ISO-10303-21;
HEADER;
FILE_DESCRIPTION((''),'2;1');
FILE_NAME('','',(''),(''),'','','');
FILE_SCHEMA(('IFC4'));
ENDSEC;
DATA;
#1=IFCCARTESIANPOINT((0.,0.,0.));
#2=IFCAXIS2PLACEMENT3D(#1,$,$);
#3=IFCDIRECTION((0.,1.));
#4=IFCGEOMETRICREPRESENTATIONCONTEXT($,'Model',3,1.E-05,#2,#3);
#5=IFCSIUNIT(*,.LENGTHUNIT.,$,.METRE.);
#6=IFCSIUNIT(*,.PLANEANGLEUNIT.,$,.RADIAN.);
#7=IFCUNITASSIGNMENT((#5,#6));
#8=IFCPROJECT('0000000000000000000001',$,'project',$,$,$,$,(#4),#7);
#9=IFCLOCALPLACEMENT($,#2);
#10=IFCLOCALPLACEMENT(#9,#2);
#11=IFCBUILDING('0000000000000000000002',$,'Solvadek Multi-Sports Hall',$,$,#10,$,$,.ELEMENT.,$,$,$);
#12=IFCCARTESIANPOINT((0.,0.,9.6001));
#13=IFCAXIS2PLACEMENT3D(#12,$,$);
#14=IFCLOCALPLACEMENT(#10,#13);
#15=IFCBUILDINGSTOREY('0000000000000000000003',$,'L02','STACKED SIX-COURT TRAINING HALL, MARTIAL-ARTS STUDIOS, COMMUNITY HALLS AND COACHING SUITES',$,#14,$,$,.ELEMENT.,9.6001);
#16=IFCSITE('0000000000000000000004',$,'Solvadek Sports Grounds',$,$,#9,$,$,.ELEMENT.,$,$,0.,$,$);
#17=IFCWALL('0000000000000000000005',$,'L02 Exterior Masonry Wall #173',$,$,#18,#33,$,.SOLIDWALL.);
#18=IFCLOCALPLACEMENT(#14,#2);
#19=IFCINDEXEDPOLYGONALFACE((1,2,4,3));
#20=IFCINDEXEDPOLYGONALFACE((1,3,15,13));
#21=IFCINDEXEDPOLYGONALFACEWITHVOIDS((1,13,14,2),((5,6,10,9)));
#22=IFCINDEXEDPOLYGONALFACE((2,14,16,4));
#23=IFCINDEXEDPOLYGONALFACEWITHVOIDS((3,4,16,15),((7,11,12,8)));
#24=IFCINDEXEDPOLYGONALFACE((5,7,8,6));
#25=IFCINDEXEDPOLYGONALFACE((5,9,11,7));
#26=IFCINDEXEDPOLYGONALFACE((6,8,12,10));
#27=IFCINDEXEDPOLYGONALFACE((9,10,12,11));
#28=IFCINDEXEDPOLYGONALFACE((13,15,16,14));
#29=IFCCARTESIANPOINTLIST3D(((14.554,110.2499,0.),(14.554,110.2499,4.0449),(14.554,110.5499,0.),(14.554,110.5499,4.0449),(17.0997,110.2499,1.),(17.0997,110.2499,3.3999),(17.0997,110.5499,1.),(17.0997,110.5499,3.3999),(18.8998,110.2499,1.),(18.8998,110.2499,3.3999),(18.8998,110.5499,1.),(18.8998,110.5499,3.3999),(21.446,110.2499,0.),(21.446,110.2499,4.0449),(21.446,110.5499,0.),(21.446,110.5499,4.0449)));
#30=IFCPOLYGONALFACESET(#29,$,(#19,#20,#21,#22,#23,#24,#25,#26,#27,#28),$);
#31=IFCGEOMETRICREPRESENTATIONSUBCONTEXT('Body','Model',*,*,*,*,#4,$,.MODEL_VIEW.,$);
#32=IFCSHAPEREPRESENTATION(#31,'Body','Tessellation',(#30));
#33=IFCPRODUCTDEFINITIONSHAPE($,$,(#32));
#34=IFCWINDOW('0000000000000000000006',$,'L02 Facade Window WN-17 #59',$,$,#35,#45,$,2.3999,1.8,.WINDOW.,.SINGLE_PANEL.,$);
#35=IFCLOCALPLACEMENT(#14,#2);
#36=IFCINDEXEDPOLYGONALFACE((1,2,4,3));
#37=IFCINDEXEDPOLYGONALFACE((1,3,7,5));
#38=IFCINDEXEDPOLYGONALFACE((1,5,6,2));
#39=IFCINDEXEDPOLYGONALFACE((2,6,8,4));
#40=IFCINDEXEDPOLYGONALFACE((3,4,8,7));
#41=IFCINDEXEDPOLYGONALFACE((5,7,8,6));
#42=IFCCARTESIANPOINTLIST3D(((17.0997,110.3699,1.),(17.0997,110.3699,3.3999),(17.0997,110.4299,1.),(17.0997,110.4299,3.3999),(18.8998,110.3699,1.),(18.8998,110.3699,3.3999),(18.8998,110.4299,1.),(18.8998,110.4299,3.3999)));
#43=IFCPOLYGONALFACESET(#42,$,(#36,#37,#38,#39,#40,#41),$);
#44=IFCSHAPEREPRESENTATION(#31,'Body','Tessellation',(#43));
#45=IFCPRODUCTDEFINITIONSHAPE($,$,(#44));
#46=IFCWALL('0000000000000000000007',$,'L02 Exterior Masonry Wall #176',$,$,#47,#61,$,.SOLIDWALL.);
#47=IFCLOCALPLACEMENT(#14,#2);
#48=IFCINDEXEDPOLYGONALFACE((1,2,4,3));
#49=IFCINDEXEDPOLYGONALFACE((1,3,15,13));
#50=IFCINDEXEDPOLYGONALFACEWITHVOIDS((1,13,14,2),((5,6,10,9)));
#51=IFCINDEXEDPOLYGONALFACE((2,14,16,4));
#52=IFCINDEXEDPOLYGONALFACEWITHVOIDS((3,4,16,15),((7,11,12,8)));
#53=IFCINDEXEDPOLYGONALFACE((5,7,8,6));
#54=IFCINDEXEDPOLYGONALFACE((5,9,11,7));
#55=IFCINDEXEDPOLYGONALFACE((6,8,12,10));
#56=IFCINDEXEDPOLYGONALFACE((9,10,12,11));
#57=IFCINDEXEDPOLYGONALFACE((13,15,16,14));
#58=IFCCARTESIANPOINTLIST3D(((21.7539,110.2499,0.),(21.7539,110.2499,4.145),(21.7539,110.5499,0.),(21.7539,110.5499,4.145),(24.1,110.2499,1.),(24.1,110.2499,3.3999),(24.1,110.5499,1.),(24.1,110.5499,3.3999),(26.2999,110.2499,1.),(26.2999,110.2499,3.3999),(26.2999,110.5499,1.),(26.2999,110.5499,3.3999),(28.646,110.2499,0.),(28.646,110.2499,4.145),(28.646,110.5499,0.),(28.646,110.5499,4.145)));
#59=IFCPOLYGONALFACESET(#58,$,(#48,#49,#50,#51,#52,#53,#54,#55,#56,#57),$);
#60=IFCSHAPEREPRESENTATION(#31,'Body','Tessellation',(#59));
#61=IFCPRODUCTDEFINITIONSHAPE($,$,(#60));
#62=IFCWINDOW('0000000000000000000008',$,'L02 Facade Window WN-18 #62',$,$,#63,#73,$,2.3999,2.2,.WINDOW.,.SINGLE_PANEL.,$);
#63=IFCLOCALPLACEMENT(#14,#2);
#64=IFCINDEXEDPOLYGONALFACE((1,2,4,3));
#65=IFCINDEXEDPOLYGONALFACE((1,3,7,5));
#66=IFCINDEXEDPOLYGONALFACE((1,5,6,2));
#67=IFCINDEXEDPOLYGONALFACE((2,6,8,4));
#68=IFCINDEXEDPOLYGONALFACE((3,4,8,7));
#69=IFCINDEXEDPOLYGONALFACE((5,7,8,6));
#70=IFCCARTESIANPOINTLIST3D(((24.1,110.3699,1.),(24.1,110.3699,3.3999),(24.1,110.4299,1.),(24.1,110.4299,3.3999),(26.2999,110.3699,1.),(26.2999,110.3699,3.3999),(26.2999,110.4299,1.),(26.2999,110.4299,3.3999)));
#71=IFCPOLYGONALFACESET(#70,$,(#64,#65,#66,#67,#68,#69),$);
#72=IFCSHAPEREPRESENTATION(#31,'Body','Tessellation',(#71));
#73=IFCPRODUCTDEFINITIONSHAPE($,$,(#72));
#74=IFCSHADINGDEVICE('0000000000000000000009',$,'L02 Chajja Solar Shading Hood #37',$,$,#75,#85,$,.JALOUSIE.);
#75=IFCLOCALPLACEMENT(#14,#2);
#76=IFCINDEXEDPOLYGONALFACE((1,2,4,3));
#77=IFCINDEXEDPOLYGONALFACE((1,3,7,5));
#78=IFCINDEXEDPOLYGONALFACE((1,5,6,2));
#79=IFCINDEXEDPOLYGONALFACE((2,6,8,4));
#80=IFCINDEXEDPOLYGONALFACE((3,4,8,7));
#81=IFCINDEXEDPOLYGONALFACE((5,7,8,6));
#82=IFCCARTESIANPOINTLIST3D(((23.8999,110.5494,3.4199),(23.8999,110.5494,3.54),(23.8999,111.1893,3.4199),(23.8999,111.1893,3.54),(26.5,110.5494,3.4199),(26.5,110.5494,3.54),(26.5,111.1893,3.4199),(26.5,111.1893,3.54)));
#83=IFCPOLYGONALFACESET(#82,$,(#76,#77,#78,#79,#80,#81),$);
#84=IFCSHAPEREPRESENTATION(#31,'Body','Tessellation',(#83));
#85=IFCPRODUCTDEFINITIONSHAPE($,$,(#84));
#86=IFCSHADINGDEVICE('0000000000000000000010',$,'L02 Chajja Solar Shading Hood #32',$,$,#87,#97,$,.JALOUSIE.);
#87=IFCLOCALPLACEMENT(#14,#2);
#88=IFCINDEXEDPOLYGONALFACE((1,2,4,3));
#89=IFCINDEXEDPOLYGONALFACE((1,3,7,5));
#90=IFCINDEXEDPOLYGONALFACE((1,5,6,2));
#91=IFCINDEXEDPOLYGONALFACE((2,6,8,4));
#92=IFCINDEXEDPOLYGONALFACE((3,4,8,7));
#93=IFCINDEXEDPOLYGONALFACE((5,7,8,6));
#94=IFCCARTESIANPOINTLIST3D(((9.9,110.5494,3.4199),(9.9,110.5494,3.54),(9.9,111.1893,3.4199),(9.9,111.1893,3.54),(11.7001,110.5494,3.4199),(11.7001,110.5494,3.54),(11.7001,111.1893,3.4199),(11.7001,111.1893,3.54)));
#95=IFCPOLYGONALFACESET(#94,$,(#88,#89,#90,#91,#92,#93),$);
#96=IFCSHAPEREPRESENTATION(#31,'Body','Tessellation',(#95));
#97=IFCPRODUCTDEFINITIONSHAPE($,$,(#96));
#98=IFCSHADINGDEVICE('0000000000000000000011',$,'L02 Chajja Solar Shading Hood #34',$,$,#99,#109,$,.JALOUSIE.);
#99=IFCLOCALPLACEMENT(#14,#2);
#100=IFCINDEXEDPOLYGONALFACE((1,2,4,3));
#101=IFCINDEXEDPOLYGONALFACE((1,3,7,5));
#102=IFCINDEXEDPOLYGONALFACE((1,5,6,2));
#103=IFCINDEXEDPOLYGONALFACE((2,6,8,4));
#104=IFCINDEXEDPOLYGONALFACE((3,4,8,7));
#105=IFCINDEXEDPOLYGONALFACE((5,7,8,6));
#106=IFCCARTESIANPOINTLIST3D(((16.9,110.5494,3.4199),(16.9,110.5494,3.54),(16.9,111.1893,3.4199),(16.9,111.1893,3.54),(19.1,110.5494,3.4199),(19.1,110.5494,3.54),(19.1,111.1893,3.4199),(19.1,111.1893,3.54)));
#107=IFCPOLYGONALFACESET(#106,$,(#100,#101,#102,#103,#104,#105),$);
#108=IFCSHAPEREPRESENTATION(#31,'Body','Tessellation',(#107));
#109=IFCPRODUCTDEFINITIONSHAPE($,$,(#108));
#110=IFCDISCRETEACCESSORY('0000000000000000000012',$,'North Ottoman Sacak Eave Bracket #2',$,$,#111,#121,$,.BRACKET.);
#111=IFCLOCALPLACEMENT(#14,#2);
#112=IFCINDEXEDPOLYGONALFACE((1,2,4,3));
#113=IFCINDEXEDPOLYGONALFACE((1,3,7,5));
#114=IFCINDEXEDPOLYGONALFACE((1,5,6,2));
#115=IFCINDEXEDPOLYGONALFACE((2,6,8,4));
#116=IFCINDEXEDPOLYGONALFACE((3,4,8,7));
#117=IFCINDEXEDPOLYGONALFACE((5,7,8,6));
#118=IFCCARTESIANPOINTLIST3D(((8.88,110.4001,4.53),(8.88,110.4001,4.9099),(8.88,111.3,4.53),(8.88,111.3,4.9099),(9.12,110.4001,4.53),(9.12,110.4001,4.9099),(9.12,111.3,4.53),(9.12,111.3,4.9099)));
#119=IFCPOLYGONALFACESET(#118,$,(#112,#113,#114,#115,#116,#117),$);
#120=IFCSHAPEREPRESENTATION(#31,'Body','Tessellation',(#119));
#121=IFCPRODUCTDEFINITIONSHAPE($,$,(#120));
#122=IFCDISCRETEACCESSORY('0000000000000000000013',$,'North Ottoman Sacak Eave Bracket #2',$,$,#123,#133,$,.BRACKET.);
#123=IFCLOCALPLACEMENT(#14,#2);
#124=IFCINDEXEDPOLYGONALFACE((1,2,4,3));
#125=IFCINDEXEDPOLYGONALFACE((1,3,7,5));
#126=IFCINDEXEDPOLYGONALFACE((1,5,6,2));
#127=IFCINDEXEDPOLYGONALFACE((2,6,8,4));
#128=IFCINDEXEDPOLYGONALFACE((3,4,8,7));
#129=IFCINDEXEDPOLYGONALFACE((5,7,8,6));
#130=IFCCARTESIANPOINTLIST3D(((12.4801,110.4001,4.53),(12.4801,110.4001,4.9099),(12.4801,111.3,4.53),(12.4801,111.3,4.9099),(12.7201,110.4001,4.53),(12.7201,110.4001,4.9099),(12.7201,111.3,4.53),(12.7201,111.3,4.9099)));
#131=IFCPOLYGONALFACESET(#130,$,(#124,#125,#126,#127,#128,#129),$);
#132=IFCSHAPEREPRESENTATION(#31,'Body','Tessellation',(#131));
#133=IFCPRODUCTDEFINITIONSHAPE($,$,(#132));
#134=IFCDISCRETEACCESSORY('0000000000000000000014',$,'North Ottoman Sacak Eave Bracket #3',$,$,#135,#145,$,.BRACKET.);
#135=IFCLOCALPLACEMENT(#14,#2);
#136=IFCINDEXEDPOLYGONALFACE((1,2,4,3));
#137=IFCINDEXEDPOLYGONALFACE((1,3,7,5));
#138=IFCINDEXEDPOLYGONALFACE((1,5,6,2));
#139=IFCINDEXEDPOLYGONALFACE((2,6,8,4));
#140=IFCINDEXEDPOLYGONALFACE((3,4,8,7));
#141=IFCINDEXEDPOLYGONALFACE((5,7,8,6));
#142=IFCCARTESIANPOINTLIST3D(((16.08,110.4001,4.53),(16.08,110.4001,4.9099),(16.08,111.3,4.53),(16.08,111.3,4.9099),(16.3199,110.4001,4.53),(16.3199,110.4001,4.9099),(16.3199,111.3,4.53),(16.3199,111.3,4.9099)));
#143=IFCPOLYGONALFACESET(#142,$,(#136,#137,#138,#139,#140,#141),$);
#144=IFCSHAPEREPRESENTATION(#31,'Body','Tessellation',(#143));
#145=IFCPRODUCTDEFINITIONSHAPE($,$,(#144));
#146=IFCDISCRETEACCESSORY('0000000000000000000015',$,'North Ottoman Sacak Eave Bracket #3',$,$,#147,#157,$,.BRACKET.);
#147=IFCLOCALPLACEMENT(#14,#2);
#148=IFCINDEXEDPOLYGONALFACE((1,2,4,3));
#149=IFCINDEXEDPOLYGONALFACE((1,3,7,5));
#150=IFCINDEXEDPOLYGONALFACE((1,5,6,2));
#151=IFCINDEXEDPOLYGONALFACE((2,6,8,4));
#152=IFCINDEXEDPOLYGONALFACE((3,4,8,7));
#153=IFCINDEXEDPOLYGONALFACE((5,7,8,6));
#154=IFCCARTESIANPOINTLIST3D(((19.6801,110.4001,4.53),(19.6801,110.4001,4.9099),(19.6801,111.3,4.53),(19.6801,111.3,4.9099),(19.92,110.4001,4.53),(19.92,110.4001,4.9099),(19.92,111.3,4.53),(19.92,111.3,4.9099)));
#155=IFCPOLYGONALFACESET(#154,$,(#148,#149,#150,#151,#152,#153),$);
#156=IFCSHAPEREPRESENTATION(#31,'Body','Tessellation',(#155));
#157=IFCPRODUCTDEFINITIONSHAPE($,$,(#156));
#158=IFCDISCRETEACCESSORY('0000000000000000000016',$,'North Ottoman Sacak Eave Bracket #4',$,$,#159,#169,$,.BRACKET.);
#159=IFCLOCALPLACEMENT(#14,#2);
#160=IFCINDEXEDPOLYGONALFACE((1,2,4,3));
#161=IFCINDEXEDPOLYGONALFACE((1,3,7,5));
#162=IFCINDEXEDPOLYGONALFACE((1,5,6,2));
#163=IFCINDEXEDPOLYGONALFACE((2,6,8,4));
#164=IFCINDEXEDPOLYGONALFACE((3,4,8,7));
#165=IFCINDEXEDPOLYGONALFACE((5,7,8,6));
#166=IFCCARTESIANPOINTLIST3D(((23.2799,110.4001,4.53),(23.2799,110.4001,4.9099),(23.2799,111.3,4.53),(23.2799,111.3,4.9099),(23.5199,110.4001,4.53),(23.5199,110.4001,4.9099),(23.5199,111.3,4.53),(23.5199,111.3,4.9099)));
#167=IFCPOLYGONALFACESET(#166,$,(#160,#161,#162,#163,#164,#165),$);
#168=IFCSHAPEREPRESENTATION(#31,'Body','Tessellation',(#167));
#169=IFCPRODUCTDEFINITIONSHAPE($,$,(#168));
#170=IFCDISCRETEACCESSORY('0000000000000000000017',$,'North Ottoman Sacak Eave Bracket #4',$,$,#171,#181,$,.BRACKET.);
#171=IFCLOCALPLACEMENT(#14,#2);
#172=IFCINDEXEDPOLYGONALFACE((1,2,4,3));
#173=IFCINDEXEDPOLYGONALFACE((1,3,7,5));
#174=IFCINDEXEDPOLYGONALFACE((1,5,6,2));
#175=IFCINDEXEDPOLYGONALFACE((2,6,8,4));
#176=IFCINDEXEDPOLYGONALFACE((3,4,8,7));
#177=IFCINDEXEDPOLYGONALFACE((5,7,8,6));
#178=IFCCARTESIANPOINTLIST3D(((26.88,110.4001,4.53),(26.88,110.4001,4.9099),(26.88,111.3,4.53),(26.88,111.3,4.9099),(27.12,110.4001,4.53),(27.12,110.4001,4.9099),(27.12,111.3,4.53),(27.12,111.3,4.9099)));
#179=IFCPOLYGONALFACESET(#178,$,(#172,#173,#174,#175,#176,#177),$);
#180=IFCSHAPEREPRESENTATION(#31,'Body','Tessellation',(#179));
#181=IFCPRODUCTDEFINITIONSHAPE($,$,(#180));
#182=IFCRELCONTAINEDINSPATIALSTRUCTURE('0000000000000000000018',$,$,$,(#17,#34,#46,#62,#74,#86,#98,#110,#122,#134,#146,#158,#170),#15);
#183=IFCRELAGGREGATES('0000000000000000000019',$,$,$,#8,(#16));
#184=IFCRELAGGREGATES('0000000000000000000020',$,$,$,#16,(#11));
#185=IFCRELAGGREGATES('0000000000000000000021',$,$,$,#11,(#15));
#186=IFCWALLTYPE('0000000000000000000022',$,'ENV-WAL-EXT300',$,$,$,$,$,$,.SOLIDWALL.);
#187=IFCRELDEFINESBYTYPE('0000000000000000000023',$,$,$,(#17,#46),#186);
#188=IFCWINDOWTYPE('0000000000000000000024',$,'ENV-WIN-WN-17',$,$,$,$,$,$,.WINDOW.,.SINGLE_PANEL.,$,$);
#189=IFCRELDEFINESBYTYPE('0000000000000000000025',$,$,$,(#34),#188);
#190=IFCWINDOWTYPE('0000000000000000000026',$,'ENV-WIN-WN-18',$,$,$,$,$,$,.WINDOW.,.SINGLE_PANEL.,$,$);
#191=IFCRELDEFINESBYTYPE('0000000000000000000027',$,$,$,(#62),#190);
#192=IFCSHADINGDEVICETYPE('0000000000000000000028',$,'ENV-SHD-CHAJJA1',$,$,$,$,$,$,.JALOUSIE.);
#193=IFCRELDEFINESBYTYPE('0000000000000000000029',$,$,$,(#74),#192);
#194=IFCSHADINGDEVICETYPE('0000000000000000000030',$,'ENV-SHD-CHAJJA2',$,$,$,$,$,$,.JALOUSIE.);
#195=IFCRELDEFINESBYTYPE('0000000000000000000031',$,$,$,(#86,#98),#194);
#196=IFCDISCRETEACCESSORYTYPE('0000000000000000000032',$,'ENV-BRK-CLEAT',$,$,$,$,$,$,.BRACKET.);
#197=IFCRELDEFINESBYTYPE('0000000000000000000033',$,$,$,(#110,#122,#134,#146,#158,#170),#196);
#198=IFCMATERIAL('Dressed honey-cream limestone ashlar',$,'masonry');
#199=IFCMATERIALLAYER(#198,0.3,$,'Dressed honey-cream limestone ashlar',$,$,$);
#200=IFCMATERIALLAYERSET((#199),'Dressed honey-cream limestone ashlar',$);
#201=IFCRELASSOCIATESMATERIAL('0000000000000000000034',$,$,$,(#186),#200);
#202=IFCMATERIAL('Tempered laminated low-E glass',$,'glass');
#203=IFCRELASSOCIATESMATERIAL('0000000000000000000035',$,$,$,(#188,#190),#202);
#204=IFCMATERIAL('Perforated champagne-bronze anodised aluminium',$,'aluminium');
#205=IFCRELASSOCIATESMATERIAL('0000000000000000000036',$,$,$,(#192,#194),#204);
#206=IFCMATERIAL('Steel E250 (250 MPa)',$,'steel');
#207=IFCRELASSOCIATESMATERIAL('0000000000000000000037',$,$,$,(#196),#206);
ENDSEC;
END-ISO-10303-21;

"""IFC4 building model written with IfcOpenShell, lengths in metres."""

from ifc_helpers import new_model, si_unit, direction, frame, frame_2d, origin, origin_2d, place, context, subcontext, project, spatial, rectangle, extrude, material, layer, layer_set, type_object, element, fill, save


model = new_model("IFC4")

# Units and contexts
model_context = context("Model", 3, precision=1e-05, world=origin(), true_north=direction((0.0, 1.0)))
body_context = subcontext(model_context, "Body", "Model", "MODEL_VIEW")
ifc_project = project(units=[si_unit("LENGTHUNIT", "METRE"), si_unit("PLANEANGLEUNIT", "RADIAN")], contexts=[model_context])

# Site, building, storey
site_placement = place(None, origin())
site = spatial("IfcSite", under=ifc_project, at=site_placement, Name="Solvadek Sports Grounds", CompositionType="ELEMENT", RefElevation=0.0)
building_placement = place(site_placement, origin())
building = spatial("IfcBuilding", under=site, at=building_placement, Name="Solvadek Multi-Sports Hall", CompositionType="ELEMENT")
storey_placement = place(building_placement, frame((0.0, 0.0, 9.6001)))
storey = spatial("IfcBuildingStorey", under=building, at=storey_placement, Name="L02", Description="STACKED SIX-COURT TRAINING HALL, MARTIAL-ARTS STUDIOS, COMMUNITY HALLS AND COACHING SUITES", CompositionType="ELEMENT", Elevation=9.6001)

# Shared definitions
ifc_material_1 = material(Name="Steel E250 (250 MPa)", Category="steel")

# Walls, openings, windows
ifc_material_2 = material(Name="Dressed honey-cream limestone ashlar", Category="masonry")
ifc_layer_1 = layer(ifc_material_2, 0.3, Name="Dressed honey-cream limestone ashlar")
ifc_layer_set_1 = layer_set([ifc_layer_1], Name="Dressed honey-cream limestone ashlar")
wall_type = type_object("IfcWallType", Name="ENV-WAL-EXT300", PredefinedType="SOLIDWALL", material=ifc_layer_set_1)
wall_1_placement = place(storey_placement, frame((14.554, 110.3999, 0.0), z_axis=(0.0, 0.0, 1.0), x_axis=(1.0, 0.0, 0.0)))
wall_1 = element("IfcWall", 1, at=wall_1_placement, inside=storey, type_object=wall_type, Name="L02 Exterior Masonry Wall #173", PredefinedType="SOLIDWALL", context=body_context, shape_type="SweptSolid", body=[
    extrude(rectangle(XDim=6.8921, YDim=0.3, at=frame_2d((3.446, 0.0))), origin(), (0.0, 0.0, 1.0), 4.0449),
])
opening_1_placement = place(wall_1_placement, frame((2.5459, 0.0, 1.0)))
opening_1 = element("IfcOpeningElement", 2, at=opening_1_placement, cuts=wall_1, PredefinedType="OPENING", context=body_context, shape_type="SweptSolid", body=[
    extrude(rectangle(XDim=1.8, YDim=2.3999, at=frame_2d((0.8999, 1.2))), frame((0.0, 0.1599, 0.0), z_axis=(0.0, -1.0, 0.0), x_axis=(1.0, 0.0, 0.0)), (0.0, 0.0, 1.0), 0.3201),
])
ifc_material_3 = material(Name="Tempered laminated low-E glass", Category="glass")
window_type_1 = type_object("IfcWindowType", Name="ENV-WIN-WN-17", PartitioningType="SINGLE_PANEL", PredefinedType="WINDOW", material=ifc_material_3)
window_1_placement = place(opening_1_placement, origin())
window_1 = element("IfcWindow", 3, at=window_1_placement, inside=storey, type_object=window_type_1, Name="L02 Facade Window WN-17 #59", OverallHeight=2.3999, OverallWidth=1.8, PartitioningType="SINGLE_PANEL", PredefinedType="WINDOW", context=body_context, shape_type="SweptSolid", body=[
    extrude(rectangle(XDim=1.8, YDim=2.3999, at=frame_2d((0.8999, 1.2))), frame((0.0, 0.03, 0.0), z_axis=(0.0, -1.0, 0.0), x_axis=(1.0, 0.0, 0.0)), (0.0, 0.0, 1.0), 0.0601),
])
fill(opening_1, window_1)
wall_2_placement = place(storey_placement, frame((21.7539, 110.3999, 0.0), z_axis=(0.0, 0.0, 1.0), x_axis=(1.0, 0.0, 0.0)))
wall_2 = element("IfcWall", 4, at=wall_2_placement, inside=storey, type_object=wall_type, Name="L02 Exterior Masonry Wall #176", PredefinedType="SOLIDWALL", context=body_context, shape_type="SweptSolid", body=[
    extrude(rectangle(XDim=6.8921, YDim=0.3, at=frame_2d((3.446, 0.0))), origin(), (0.0, 0.0, 1.0), 4.145),
])
opening_2_placement = place(wall_2_placement, frame((2.3459, 0.0, 1.0)))
opening_2 = element("IfcOpeningElement", 5, at=opening_2_placement, cuts=wall_2, PredefinedType="OPENING", context=body_context, shape_type="SweptSolid", body=[
    extrude(rectangle(XDim=2.2, YDim=2.3999, at=frame_2d((1.1001, 1.2))), frame((0.0, 0.1599, 0.0), z_axis=(0.0, -1.0, 0.0), x_axis=(1.0, 0.0, 0.0)), (0.0, 0.0, 1.0), 0.3201),
])
window_type_2 = type_object("IfcWindowType", Name="ENV-WIN-WN-18", PartitioningType="SINGLE_PANEL", PredefinedType="WINDOW", material=ifc_material_3)
window_2_placement = place(opening_2_placement, origin())
window_2 = element("IfcWindow", 6, at=window_2_placement, inside=storey, type_object=window_type_2, Name="L02 Facade Window WN-18 #62", OverallHeight=2.3999, OverallWidth=2.2, PartitioningType="SINGLE_PANEL", PredefinedType="WINDOW", context=body_context, shape_type="SweptSolid", body=[
    extrude(rectangle(XDim=2.2, YDim=2.3999, at=frame_2d((1.1001, 1.2))), frame((0.0, 0.03, 0.0), z_axis=(0.0, -1.0, 0.0), x_axis=(1.0, 0.0, 0.0)), (0.0, 0.0, 1.0), 0.0601),
])
fill(opening_2, window_2)

# Shading devices
ifc_material_4 = material(Name="Perforated champagne-bronze anodised aluminium", Category="aluminium")
shading_device_type_1 = type_object("IfcShadingDeviceType", Name="ENV-SHD-CHAJJA1", PredefinedType="JALOUSIE", material=ifc_material_4)
shading_device_1_placement = place(storey_placement, frame((25.2, 110.8694, 3.4199), z_axis=(0.0, 0.0, 1.0), x_axis=(1.0, 0.0, 0.0)))
element("IfcShadingDevice", 7, at=shading_device_1_placement, inside=storey, type_object=shading_device_type_1, Name="L02 Chajja Solar Shading Hood #37", PredefinedType="JALOUSIE", context=body_context, shape_type="SweptSolid", body=[
    extrude(rectangle(XDim=2.6001, YDim=0.6399, at=origin_2d()), origin(), (0.0, 0.0, 1.0), 0.1201),
])
shading_device_type_2 = type_object("IfcShadingDeviceType", Name="ENV-SHD-CHAJJA2", PredefinedType="JALOUSIE", material=ifc_material_4)
shading_device_2_placement = place(storey_placement, frame((10.8, 110.8694, 3.4199), z_axis=(0.0, 0.0, 1.0), x_axis=(1.0, 0.0, 0.0)))
element("IfcShadingDevice", 8, at=shading_device_2_placement, inside=storey, type_object=shading_device_type_2, Name="L02 Chajja Solar Shading Hood #32", PredefinedType="JALOUSIE", context=body_context, shape_type="SweptSolid", body=[
    extrude(rectangle(XDim=1.8, YDim=0.6399, at=origin_2d()), origin(), (0.0, 0.0, 1.0), 0.1201),
])
shading_device_3_placement = place(storey_placement, frame((18.0, 110.8694, 3.4199), z_axis=(0.0, 0.0, 1.0), x_axis=(1.0, 0.0, 0.0)))
element("IfcShadingDevice", 9, at=shading_device_3_placement, inside=storey, type_object=shading_device_type_2, Name="L02 Chajja Solar Shading Hood #34", PredefinedType="JALOUSIE", context=body_context, shape_type="SweptSolid", body=[
    extrude(rectangle(XDim=2.2, YDim=0.6399, at=origin_2d()), origin(), (0.0, 0.0, 1.0), 0.1201),
])

# Discrete accessories
discrete_accessory_type = type_object("IfcDiscreteAccessoryType", Name="ENV-BRK-CLEAT", PredefinedType="BRACKET", material=ifc_material_1)
for number, where, z_axis, x_axis, name in (
    (10, (9.0, 110.8501, 4.53), (0.0, 0.0, 1.0), (1.0, 0.0, 0.0), "North Ottoman Sacak Eave Bracket #2"),
    (11, (12.6001, 110.8501, 4.53), (0.0, 0.0, 1.0), (1.0, 0.0, 0.0), "North Ottoman Sacak Eave Bracket #2"),
    (12, (16.2, 110.8501, 4.53), (0.0, 0.0, 1.0), (1.0, 0.0, 0.0), "North Ottoman Sacak Eave Bracket #3"),
    (13, (19.8, 110.8501, 4.53), (0.0, 0.0, 1.0), (1.0, 0.0, 0.0), "North Ottoman Sacak Eave Bracket #3"),
    (14, (23.3999, 110.8501, 4.53), (0.0, 0.0, 1.0), (1.0, 0.0, 0.0), "North Ottoman Sacak Eave Bracket #4"),
    (15, (27.0, 110.8501, 4.53), (0.0, 0.0, 1.0), (1.0, 0.0, 0.0), "North Ottoman Sacak Eave Bracket #4"),
):
    element("IfcDiscreteAccessory", number, at=place(storey_placement, frame(where, z_axis=z_axis, x_axis=x_axis)), inside=storey, type_object=discrete_accessory_type, Name=name, PredefinedType="BRACKET", context=body_context, shape_type="SweptSolid", body=[
        extrude(rectangle(XDim=0.24, YDim=0.8999, at=origin_2d()), origin(), (0.0, 0.0, 1.0), 0.3799),
    ])

save(model, "model.ifc")
